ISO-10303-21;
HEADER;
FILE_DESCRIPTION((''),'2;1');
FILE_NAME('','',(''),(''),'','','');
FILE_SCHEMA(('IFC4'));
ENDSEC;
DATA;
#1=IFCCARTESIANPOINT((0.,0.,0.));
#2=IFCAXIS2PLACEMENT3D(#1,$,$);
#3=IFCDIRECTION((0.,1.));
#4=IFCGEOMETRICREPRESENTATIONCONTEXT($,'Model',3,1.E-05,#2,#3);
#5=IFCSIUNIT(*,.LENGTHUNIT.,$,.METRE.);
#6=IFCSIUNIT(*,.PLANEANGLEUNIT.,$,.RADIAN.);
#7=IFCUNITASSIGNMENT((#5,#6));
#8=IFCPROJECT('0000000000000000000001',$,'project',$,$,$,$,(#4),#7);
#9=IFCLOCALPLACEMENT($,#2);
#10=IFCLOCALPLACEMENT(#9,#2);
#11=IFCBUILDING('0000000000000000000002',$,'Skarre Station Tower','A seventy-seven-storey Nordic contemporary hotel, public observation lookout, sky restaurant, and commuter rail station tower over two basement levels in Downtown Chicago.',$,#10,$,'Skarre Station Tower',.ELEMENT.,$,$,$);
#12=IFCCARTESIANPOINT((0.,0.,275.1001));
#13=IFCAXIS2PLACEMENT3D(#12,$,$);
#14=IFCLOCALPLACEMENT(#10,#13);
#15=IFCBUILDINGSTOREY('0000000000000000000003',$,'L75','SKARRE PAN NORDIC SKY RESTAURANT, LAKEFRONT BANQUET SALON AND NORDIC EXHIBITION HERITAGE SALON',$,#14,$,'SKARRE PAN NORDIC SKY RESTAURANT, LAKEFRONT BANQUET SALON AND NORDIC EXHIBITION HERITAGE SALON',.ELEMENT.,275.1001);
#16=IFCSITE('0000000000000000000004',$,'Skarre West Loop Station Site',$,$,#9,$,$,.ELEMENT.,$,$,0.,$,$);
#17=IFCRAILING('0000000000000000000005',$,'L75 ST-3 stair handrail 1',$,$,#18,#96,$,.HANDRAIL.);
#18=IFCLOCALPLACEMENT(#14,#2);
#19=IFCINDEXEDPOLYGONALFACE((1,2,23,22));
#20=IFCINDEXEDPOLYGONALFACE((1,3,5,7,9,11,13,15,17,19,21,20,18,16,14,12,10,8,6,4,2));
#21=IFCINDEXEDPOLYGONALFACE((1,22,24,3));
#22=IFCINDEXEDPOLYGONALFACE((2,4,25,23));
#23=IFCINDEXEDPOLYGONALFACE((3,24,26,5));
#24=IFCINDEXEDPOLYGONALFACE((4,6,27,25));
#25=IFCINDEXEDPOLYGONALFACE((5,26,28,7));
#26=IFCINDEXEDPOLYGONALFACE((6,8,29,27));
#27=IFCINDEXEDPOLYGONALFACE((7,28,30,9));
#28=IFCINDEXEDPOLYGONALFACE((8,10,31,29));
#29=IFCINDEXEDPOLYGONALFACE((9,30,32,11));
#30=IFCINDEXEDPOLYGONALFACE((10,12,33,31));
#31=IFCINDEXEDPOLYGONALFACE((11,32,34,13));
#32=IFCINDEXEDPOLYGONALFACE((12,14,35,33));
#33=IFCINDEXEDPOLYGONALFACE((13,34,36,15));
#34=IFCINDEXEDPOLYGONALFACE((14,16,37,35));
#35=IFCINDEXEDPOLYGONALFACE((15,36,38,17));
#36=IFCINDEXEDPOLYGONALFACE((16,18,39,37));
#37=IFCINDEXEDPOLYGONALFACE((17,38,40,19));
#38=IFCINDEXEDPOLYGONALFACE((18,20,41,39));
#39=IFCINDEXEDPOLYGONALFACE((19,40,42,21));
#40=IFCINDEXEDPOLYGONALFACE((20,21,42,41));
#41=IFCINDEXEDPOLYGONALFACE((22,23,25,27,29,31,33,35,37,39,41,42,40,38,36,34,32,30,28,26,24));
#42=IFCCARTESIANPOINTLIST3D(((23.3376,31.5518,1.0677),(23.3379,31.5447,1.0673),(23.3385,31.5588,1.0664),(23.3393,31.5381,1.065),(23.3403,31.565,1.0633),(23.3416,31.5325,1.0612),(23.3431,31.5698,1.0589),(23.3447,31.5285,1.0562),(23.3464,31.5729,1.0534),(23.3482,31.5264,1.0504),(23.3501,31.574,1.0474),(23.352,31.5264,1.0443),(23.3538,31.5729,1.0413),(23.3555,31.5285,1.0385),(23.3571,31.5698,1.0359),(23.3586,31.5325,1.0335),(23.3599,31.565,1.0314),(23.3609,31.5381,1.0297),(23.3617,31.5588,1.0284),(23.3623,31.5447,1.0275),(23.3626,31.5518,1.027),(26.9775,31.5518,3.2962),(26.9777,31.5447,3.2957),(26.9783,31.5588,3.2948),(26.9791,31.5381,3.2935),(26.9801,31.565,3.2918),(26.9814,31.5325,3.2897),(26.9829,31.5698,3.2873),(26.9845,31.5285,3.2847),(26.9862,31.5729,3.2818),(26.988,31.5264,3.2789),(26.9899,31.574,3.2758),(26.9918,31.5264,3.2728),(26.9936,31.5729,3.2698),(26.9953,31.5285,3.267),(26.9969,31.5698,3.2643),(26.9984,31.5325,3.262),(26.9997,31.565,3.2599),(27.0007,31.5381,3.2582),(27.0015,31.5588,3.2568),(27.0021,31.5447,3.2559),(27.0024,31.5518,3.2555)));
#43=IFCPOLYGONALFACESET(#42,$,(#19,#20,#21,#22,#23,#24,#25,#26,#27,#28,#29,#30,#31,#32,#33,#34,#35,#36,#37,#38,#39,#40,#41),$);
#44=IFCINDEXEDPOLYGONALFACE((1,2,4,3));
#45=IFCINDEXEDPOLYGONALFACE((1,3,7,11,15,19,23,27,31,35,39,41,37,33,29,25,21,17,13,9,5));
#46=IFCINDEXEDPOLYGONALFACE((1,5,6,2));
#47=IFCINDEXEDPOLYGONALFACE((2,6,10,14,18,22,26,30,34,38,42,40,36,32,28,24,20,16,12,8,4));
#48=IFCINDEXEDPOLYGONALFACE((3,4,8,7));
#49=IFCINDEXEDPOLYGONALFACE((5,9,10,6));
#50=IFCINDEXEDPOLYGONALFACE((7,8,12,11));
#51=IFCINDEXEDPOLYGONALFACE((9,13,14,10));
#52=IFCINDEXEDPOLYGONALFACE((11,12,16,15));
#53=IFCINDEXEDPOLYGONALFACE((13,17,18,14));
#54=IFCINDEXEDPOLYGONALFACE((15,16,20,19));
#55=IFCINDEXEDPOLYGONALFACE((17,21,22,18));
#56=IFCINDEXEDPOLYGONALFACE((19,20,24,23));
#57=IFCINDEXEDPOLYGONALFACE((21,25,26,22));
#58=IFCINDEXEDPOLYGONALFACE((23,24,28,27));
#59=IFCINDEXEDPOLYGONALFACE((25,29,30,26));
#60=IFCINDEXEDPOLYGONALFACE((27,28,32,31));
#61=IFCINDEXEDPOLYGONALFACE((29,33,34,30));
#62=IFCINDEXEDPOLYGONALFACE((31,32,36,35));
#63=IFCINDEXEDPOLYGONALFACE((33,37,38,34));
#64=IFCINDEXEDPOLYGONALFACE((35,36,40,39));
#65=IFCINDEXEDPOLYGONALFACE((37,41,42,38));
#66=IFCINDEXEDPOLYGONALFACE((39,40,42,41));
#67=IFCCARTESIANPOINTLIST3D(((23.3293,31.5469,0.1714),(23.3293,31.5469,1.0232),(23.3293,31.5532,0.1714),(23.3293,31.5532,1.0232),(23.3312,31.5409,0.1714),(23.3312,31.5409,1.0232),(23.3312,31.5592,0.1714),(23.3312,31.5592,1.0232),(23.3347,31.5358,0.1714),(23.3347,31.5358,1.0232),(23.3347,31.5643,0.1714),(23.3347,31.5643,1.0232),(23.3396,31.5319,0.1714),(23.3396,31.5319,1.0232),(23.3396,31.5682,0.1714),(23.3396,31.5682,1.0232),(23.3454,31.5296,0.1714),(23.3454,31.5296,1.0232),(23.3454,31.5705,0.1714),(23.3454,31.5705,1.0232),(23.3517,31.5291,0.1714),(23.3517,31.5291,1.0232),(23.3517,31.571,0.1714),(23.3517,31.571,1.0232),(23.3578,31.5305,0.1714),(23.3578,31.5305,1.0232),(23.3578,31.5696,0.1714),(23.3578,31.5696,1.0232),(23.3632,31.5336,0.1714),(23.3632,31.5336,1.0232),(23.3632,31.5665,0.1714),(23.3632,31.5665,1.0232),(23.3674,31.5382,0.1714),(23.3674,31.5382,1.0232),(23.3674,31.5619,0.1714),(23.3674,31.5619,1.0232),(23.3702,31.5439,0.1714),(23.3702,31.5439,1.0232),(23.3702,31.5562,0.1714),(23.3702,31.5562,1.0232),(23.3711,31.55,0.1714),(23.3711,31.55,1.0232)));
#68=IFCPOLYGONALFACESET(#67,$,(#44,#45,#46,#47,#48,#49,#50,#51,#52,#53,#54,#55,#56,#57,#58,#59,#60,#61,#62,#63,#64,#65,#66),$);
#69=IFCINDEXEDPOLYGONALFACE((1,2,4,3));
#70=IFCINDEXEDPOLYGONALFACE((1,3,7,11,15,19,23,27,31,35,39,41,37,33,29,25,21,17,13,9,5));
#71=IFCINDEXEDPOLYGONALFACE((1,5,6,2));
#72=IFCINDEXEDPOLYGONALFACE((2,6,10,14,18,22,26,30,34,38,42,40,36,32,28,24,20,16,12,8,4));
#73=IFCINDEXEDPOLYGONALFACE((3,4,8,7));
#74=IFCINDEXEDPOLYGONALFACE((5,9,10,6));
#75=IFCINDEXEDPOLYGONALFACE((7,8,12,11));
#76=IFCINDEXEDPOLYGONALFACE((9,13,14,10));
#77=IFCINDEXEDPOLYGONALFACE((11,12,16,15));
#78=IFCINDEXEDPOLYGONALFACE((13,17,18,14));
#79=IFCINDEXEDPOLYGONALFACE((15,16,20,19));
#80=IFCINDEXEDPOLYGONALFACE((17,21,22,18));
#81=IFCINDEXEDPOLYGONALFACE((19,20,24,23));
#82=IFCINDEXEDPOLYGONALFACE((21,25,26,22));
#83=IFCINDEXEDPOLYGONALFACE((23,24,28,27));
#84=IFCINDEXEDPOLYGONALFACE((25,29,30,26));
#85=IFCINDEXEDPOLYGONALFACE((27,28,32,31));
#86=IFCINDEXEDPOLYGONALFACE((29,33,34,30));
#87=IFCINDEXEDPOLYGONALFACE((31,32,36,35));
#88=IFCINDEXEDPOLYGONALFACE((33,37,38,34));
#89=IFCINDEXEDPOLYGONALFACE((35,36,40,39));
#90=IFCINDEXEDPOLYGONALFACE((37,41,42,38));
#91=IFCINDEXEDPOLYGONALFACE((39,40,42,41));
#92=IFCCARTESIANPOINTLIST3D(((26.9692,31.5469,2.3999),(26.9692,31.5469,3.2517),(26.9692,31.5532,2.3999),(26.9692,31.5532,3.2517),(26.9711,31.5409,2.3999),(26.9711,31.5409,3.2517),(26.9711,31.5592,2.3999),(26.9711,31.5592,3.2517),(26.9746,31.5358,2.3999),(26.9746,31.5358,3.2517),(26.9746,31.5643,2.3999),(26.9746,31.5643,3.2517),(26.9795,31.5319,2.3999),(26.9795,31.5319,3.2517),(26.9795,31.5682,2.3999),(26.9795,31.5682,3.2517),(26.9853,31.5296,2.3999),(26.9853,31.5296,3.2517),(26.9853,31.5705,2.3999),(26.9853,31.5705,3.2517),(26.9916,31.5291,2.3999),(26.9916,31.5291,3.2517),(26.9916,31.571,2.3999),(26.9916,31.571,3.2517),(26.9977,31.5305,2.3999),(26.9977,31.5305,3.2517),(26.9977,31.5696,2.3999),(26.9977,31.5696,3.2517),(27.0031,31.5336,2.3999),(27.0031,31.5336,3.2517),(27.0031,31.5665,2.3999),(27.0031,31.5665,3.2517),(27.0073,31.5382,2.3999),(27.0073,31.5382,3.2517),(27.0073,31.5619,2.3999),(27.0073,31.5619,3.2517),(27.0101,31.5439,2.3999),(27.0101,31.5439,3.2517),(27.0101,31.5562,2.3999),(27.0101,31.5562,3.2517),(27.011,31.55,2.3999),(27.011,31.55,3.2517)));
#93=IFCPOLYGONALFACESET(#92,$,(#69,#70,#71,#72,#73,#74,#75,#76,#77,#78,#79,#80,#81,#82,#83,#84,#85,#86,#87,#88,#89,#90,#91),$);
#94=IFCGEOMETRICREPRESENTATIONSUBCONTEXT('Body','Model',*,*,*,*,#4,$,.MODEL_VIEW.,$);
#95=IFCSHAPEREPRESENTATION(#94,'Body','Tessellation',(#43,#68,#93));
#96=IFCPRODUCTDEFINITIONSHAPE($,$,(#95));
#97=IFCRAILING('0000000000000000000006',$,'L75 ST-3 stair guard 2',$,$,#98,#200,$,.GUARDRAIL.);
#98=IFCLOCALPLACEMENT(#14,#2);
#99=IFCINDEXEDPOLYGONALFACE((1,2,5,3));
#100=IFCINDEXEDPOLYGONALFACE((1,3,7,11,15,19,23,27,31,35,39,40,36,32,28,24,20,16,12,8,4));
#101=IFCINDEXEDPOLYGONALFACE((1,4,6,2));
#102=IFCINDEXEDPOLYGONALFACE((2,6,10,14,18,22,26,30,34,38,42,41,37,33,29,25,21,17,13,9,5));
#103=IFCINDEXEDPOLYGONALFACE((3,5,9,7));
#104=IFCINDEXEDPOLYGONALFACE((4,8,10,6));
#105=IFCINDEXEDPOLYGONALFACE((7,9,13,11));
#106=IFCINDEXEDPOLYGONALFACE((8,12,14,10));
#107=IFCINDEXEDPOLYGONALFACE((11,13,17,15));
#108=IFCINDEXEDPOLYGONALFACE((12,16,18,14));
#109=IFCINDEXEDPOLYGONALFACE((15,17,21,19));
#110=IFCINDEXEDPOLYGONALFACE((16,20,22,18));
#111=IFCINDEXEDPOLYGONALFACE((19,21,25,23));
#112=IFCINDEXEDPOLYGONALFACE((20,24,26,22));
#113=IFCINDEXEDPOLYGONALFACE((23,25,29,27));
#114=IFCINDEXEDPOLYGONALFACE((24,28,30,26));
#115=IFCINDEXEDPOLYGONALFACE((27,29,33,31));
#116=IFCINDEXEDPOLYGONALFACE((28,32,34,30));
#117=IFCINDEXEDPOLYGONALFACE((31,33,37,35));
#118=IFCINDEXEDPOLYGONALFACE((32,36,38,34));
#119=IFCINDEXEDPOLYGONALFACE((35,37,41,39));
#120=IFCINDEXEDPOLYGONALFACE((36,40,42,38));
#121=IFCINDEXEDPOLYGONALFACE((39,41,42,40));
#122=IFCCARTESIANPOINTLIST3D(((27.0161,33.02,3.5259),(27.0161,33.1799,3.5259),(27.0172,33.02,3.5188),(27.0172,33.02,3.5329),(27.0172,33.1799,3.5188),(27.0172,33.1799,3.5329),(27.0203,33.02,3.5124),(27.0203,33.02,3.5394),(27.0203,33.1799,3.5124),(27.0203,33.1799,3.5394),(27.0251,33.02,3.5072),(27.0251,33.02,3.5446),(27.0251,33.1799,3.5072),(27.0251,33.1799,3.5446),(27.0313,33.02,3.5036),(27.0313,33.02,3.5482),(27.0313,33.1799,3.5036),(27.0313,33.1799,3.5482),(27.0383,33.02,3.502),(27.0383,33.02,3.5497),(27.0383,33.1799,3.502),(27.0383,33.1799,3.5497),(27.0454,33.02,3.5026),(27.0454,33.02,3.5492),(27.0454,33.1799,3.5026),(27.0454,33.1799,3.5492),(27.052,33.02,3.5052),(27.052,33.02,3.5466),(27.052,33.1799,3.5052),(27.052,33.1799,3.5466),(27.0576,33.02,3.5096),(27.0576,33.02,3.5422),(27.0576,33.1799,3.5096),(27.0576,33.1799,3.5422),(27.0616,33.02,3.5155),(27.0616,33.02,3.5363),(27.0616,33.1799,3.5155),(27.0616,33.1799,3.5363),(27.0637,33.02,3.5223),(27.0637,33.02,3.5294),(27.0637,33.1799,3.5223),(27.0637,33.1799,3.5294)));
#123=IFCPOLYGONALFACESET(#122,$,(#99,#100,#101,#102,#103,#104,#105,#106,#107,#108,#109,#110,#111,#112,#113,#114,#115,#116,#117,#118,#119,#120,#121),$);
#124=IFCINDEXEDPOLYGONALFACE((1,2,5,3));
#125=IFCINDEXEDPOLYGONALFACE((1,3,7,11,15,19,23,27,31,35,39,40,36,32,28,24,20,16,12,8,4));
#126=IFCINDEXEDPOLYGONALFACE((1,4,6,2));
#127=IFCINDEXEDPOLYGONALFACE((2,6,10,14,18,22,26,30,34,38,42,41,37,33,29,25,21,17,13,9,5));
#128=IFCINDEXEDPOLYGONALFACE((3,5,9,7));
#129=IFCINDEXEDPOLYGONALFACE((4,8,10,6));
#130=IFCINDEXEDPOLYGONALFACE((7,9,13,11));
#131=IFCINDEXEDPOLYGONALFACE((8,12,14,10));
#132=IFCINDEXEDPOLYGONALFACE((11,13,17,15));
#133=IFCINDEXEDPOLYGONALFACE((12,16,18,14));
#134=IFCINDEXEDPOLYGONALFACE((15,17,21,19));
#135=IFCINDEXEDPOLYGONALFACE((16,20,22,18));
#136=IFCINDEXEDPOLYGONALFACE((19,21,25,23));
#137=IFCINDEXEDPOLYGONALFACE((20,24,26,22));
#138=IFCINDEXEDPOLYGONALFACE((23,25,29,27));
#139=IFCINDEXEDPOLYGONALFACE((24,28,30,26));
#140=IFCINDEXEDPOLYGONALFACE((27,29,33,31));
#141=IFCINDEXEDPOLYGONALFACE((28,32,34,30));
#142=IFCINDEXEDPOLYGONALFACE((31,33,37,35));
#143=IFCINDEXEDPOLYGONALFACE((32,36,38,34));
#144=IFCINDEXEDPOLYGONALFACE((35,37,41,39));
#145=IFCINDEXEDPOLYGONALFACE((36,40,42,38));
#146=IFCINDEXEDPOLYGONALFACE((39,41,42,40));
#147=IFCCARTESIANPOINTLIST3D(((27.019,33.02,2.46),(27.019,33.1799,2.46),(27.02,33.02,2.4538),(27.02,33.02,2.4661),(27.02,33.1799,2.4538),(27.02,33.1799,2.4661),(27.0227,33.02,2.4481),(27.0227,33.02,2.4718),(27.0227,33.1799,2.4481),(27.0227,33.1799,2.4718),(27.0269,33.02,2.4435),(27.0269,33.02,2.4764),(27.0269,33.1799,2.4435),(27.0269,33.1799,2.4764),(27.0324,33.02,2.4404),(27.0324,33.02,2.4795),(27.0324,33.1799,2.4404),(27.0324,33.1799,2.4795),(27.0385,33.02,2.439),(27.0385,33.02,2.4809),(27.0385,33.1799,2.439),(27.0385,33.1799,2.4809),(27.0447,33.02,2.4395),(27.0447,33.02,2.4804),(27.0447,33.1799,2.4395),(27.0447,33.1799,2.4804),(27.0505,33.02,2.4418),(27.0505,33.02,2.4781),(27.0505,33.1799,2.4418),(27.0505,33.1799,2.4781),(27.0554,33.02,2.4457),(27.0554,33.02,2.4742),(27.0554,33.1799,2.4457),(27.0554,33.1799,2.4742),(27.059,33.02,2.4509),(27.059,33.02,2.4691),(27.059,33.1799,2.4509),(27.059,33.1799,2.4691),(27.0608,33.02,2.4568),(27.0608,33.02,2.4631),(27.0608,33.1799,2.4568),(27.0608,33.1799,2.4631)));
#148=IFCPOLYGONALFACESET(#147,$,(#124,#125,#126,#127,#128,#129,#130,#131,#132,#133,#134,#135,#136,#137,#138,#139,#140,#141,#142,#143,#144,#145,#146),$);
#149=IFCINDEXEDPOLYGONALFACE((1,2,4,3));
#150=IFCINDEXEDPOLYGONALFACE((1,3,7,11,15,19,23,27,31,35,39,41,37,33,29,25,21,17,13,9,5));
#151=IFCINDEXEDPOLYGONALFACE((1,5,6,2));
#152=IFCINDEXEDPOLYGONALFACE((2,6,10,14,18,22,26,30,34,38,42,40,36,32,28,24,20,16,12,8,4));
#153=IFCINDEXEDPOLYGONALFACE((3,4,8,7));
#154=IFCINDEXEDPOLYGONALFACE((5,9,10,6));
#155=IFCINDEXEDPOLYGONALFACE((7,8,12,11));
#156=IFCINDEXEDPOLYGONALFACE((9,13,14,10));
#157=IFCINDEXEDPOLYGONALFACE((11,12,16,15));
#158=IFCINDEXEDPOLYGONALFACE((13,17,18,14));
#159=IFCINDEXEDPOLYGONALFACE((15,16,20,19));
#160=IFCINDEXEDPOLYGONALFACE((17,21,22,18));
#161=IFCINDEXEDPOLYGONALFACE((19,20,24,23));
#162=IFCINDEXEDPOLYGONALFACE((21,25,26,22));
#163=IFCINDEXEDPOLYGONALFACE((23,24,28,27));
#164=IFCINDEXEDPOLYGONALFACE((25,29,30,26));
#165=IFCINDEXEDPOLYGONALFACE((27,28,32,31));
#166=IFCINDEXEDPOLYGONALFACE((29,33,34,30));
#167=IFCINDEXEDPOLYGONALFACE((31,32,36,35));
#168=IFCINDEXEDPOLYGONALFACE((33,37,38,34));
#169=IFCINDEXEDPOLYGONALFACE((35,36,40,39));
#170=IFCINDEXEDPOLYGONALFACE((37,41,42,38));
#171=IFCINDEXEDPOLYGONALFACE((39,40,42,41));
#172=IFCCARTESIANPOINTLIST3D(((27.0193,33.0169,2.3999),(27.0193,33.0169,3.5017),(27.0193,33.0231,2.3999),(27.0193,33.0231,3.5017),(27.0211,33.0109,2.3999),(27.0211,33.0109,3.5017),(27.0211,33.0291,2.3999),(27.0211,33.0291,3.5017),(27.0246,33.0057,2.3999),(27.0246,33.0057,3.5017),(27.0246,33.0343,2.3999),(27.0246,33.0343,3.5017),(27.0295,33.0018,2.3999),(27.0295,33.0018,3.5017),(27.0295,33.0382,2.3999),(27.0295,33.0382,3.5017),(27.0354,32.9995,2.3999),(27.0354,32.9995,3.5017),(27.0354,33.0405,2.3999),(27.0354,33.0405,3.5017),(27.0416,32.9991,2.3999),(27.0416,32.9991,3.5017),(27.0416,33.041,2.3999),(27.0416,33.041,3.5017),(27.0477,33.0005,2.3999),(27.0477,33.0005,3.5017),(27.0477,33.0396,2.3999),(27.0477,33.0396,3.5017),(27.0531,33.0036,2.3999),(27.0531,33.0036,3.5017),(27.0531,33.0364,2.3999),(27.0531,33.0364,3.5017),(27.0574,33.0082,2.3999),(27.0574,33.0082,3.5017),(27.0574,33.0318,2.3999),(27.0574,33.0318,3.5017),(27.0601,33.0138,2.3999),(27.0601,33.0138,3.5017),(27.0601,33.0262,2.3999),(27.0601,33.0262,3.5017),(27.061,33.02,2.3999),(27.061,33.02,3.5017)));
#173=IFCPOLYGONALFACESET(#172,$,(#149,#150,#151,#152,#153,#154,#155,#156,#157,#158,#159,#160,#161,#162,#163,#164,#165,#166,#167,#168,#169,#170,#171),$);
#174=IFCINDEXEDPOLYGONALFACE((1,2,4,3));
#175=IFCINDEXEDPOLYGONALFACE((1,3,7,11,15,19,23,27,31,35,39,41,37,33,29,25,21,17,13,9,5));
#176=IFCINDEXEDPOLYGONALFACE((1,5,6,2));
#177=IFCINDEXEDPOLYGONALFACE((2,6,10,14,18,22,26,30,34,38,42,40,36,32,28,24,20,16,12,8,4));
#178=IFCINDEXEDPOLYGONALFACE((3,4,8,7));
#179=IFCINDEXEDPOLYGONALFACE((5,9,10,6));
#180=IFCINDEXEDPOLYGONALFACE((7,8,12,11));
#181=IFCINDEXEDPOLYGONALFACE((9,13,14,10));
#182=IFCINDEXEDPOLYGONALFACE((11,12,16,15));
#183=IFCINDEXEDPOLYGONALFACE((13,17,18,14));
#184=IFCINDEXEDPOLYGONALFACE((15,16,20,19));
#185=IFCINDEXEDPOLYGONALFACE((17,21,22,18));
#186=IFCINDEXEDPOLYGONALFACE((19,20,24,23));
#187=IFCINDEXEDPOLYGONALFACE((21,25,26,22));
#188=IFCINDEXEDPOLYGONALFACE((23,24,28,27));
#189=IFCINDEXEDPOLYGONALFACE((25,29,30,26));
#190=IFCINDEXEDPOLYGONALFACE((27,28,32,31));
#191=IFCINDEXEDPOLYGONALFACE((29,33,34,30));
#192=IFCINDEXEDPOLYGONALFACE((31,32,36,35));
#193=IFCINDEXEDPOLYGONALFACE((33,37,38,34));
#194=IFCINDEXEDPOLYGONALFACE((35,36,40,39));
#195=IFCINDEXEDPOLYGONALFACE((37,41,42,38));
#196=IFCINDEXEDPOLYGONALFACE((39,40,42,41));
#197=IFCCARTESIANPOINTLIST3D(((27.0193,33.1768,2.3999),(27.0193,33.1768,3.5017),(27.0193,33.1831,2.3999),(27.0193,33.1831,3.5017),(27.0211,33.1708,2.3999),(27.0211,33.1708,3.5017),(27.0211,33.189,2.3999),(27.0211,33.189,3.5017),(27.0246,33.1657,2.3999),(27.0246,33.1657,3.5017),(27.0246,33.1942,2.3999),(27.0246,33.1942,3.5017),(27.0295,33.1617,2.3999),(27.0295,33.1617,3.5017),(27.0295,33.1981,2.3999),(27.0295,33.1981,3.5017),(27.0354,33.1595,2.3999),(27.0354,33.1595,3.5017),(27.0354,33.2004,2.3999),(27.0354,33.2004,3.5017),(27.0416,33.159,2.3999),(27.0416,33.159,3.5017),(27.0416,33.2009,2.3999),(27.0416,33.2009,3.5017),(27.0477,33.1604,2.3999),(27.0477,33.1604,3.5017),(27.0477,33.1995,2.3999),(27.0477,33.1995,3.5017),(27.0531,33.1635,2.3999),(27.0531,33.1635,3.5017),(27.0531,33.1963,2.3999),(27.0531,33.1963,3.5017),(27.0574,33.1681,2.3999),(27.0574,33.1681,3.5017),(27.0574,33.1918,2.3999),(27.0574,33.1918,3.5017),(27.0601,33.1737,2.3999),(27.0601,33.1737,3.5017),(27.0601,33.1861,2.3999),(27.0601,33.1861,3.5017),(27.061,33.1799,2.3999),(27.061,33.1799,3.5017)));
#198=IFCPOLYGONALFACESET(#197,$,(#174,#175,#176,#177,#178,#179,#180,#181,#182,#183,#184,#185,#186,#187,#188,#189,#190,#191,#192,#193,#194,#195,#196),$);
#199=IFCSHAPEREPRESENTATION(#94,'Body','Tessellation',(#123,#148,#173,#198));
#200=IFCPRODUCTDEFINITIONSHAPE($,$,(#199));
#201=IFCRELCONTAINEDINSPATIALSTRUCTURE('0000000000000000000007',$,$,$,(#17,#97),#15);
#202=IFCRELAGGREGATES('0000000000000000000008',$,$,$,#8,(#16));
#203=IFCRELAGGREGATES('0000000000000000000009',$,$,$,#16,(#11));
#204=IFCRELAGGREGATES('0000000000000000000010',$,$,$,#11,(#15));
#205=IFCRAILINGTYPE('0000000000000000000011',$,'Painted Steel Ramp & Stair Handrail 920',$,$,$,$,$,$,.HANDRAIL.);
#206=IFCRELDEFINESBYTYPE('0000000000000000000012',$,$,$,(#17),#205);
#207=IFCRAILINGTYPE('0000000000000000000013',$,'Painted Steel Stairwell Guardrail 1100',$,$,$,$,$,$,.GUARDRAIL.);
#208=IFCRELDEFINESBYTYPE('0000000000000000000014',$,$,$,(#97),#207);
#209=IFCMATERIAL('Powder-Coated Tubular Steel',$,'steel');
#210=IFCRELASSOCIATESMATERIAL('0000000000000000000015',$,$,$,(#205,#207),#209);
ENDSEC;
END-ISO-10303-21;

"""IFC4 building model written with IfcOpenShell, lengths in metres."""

from ifc_helpers import new_model, si_unit, direction, frame, origin, origin_2d, place, context, subcontext, project, spatial, circle, extrude, material, type_object, element, save


model = new_model("IFC4")

# Units and contexts
model_context = context("Model", 3, precision=1e-05, world=origin(), true_north=direction((0.0, 1.0)))
body_context = subcontext(model_context, "Body", "Model", "MODEL_VIEW")
ifc_project = project(units=[si_unit("LENGTHUNIT", "METRE"), si_unit("PLANEANGLEUNIT", "RADIAN")], contexts=[model_context])

# Site, building, storey
site_placement = place(None, origin())
site = spatial("IfcSite", under=ifc_project, at=site_placement, Name="Skarre West Loop Station Site", CompositionType="ELEMENT", RefElevation=0.0)
building_placement = place(site_placement, origin())
building = spatial("IfcBuilding", under=site, at=building_placement, Name="Skarre Station Tower", Description="A seventy-seven-storey Nordic contemporary hotel, public observation lookout, sky restaurant, and commuter rail station tower over two basement levels in Downtown Chicago.", LongName="Skarre Station Tower", CompositionType="ELEMENT")
storey_placement = place(building_placement, frame((0.0, 0.0, 275.1001)))
storey = spatial("IfcBuildingStorey", under=building, at=storey_placement, Name="L75", Description="SKARRE PAN NORDIC SKY RESTAURANT, LAKEFRONT BANQUET SALON AND NORDIC EXHIBITION HERITAGE SALON", LongName="SKARRE PAN NORDIC SKY RESTAURANT, LAKEFRONT BANQUET SALON AND NORDIC EXHIBITION HERITAGE SALON", CompositionType="ELEMENT", Elevation=275.1001)

# Railings
ifc_material_1 = material(Name="Powder-Coated Tubular Steel", Category="steel")
railing_type_1 = type_object("IfcRailingType", Name="Painted Steel Ramp & Stair Handrail 920", PredefinedType="HANDRAIL", material=ifc_material_1)
railing_1_placement = place(storey_placement, frame((23.3501, 31.55, 0.1714)))
element("IfcRailing", 1, at=railing_1_placement, inside=storey, type_object=railing_type_1, Name="L75 ST-3 stair handrail 1", PredefinedType="HANDRAIL", context=body_context, shape_type="SweptSolid", body=[
    extrude(circle(Radius=0.0239, at=origin_2d()), frame((0.0, 0.0, 0.876), z_axis=(0.85285, 0.0, 0.522156), x_axis=(0.0, 1.0, 0.0)), (0.0, 0.0, 1.0), 4.2678),
    extrude(circle(Radius=0.021, at=origin_2d()), origin(), (0.0, 0.0, 1.0), 0.8518),
    extrude(circle(Radius=0.021, at=origin_2d()), frame((3.6399, 0.0, 2.2285)), (0.0, 0.0, 1.0), 0.8518),
])
railing_type_2 = type_object("IfcRailingType", Name="Painted Steel Stairwell Guardrail 1100", PredefinedType="GUARDRAIL", material=ifc_material_1)
railing_2_placement = place(storey_placement, frame((27.04, 33.02, 2.3999)))
element("IfcRailing", 2, at=railing_2_placement, inside=storey, type_object=railing_type_2, Name="L75 ST-3 stair guard 2", PredefinedType="GUARDRAIL", context=body_context, shape_type="SweptSolid", body=[
    extrude(circle(Radius=0.0239, at=origin_2d()), frame((0.0, 0.0, 1.126), z_axis=(0.0, 1.0, 0.0), x_axis=(-1.0, 0.0, 0.0)), (0.0, 0.0, 1.0), 0.1599),
    extrude(circle(Radius=0.021, at=origin_2d()), frame((0.0, 0.0, 0.0601), z_axis=(0.0, 1.0, 0.0), x_axis=(-1.0, 0.0, 0.0)), (0.0, 0.0, 1.0), 0.1599),
    extrude(circle(Radius=0.021, at=origin_2d()), origin(), (0.0, 0.0, 1.0), 1.1018),
    extrude(circle(Radius=0.021, at=origin_2d()), frame((0.0, 0.1599, 0.0)), (0.0, 0.0, 1.0), 1.1018),
])

save(model, "model.ifc")
